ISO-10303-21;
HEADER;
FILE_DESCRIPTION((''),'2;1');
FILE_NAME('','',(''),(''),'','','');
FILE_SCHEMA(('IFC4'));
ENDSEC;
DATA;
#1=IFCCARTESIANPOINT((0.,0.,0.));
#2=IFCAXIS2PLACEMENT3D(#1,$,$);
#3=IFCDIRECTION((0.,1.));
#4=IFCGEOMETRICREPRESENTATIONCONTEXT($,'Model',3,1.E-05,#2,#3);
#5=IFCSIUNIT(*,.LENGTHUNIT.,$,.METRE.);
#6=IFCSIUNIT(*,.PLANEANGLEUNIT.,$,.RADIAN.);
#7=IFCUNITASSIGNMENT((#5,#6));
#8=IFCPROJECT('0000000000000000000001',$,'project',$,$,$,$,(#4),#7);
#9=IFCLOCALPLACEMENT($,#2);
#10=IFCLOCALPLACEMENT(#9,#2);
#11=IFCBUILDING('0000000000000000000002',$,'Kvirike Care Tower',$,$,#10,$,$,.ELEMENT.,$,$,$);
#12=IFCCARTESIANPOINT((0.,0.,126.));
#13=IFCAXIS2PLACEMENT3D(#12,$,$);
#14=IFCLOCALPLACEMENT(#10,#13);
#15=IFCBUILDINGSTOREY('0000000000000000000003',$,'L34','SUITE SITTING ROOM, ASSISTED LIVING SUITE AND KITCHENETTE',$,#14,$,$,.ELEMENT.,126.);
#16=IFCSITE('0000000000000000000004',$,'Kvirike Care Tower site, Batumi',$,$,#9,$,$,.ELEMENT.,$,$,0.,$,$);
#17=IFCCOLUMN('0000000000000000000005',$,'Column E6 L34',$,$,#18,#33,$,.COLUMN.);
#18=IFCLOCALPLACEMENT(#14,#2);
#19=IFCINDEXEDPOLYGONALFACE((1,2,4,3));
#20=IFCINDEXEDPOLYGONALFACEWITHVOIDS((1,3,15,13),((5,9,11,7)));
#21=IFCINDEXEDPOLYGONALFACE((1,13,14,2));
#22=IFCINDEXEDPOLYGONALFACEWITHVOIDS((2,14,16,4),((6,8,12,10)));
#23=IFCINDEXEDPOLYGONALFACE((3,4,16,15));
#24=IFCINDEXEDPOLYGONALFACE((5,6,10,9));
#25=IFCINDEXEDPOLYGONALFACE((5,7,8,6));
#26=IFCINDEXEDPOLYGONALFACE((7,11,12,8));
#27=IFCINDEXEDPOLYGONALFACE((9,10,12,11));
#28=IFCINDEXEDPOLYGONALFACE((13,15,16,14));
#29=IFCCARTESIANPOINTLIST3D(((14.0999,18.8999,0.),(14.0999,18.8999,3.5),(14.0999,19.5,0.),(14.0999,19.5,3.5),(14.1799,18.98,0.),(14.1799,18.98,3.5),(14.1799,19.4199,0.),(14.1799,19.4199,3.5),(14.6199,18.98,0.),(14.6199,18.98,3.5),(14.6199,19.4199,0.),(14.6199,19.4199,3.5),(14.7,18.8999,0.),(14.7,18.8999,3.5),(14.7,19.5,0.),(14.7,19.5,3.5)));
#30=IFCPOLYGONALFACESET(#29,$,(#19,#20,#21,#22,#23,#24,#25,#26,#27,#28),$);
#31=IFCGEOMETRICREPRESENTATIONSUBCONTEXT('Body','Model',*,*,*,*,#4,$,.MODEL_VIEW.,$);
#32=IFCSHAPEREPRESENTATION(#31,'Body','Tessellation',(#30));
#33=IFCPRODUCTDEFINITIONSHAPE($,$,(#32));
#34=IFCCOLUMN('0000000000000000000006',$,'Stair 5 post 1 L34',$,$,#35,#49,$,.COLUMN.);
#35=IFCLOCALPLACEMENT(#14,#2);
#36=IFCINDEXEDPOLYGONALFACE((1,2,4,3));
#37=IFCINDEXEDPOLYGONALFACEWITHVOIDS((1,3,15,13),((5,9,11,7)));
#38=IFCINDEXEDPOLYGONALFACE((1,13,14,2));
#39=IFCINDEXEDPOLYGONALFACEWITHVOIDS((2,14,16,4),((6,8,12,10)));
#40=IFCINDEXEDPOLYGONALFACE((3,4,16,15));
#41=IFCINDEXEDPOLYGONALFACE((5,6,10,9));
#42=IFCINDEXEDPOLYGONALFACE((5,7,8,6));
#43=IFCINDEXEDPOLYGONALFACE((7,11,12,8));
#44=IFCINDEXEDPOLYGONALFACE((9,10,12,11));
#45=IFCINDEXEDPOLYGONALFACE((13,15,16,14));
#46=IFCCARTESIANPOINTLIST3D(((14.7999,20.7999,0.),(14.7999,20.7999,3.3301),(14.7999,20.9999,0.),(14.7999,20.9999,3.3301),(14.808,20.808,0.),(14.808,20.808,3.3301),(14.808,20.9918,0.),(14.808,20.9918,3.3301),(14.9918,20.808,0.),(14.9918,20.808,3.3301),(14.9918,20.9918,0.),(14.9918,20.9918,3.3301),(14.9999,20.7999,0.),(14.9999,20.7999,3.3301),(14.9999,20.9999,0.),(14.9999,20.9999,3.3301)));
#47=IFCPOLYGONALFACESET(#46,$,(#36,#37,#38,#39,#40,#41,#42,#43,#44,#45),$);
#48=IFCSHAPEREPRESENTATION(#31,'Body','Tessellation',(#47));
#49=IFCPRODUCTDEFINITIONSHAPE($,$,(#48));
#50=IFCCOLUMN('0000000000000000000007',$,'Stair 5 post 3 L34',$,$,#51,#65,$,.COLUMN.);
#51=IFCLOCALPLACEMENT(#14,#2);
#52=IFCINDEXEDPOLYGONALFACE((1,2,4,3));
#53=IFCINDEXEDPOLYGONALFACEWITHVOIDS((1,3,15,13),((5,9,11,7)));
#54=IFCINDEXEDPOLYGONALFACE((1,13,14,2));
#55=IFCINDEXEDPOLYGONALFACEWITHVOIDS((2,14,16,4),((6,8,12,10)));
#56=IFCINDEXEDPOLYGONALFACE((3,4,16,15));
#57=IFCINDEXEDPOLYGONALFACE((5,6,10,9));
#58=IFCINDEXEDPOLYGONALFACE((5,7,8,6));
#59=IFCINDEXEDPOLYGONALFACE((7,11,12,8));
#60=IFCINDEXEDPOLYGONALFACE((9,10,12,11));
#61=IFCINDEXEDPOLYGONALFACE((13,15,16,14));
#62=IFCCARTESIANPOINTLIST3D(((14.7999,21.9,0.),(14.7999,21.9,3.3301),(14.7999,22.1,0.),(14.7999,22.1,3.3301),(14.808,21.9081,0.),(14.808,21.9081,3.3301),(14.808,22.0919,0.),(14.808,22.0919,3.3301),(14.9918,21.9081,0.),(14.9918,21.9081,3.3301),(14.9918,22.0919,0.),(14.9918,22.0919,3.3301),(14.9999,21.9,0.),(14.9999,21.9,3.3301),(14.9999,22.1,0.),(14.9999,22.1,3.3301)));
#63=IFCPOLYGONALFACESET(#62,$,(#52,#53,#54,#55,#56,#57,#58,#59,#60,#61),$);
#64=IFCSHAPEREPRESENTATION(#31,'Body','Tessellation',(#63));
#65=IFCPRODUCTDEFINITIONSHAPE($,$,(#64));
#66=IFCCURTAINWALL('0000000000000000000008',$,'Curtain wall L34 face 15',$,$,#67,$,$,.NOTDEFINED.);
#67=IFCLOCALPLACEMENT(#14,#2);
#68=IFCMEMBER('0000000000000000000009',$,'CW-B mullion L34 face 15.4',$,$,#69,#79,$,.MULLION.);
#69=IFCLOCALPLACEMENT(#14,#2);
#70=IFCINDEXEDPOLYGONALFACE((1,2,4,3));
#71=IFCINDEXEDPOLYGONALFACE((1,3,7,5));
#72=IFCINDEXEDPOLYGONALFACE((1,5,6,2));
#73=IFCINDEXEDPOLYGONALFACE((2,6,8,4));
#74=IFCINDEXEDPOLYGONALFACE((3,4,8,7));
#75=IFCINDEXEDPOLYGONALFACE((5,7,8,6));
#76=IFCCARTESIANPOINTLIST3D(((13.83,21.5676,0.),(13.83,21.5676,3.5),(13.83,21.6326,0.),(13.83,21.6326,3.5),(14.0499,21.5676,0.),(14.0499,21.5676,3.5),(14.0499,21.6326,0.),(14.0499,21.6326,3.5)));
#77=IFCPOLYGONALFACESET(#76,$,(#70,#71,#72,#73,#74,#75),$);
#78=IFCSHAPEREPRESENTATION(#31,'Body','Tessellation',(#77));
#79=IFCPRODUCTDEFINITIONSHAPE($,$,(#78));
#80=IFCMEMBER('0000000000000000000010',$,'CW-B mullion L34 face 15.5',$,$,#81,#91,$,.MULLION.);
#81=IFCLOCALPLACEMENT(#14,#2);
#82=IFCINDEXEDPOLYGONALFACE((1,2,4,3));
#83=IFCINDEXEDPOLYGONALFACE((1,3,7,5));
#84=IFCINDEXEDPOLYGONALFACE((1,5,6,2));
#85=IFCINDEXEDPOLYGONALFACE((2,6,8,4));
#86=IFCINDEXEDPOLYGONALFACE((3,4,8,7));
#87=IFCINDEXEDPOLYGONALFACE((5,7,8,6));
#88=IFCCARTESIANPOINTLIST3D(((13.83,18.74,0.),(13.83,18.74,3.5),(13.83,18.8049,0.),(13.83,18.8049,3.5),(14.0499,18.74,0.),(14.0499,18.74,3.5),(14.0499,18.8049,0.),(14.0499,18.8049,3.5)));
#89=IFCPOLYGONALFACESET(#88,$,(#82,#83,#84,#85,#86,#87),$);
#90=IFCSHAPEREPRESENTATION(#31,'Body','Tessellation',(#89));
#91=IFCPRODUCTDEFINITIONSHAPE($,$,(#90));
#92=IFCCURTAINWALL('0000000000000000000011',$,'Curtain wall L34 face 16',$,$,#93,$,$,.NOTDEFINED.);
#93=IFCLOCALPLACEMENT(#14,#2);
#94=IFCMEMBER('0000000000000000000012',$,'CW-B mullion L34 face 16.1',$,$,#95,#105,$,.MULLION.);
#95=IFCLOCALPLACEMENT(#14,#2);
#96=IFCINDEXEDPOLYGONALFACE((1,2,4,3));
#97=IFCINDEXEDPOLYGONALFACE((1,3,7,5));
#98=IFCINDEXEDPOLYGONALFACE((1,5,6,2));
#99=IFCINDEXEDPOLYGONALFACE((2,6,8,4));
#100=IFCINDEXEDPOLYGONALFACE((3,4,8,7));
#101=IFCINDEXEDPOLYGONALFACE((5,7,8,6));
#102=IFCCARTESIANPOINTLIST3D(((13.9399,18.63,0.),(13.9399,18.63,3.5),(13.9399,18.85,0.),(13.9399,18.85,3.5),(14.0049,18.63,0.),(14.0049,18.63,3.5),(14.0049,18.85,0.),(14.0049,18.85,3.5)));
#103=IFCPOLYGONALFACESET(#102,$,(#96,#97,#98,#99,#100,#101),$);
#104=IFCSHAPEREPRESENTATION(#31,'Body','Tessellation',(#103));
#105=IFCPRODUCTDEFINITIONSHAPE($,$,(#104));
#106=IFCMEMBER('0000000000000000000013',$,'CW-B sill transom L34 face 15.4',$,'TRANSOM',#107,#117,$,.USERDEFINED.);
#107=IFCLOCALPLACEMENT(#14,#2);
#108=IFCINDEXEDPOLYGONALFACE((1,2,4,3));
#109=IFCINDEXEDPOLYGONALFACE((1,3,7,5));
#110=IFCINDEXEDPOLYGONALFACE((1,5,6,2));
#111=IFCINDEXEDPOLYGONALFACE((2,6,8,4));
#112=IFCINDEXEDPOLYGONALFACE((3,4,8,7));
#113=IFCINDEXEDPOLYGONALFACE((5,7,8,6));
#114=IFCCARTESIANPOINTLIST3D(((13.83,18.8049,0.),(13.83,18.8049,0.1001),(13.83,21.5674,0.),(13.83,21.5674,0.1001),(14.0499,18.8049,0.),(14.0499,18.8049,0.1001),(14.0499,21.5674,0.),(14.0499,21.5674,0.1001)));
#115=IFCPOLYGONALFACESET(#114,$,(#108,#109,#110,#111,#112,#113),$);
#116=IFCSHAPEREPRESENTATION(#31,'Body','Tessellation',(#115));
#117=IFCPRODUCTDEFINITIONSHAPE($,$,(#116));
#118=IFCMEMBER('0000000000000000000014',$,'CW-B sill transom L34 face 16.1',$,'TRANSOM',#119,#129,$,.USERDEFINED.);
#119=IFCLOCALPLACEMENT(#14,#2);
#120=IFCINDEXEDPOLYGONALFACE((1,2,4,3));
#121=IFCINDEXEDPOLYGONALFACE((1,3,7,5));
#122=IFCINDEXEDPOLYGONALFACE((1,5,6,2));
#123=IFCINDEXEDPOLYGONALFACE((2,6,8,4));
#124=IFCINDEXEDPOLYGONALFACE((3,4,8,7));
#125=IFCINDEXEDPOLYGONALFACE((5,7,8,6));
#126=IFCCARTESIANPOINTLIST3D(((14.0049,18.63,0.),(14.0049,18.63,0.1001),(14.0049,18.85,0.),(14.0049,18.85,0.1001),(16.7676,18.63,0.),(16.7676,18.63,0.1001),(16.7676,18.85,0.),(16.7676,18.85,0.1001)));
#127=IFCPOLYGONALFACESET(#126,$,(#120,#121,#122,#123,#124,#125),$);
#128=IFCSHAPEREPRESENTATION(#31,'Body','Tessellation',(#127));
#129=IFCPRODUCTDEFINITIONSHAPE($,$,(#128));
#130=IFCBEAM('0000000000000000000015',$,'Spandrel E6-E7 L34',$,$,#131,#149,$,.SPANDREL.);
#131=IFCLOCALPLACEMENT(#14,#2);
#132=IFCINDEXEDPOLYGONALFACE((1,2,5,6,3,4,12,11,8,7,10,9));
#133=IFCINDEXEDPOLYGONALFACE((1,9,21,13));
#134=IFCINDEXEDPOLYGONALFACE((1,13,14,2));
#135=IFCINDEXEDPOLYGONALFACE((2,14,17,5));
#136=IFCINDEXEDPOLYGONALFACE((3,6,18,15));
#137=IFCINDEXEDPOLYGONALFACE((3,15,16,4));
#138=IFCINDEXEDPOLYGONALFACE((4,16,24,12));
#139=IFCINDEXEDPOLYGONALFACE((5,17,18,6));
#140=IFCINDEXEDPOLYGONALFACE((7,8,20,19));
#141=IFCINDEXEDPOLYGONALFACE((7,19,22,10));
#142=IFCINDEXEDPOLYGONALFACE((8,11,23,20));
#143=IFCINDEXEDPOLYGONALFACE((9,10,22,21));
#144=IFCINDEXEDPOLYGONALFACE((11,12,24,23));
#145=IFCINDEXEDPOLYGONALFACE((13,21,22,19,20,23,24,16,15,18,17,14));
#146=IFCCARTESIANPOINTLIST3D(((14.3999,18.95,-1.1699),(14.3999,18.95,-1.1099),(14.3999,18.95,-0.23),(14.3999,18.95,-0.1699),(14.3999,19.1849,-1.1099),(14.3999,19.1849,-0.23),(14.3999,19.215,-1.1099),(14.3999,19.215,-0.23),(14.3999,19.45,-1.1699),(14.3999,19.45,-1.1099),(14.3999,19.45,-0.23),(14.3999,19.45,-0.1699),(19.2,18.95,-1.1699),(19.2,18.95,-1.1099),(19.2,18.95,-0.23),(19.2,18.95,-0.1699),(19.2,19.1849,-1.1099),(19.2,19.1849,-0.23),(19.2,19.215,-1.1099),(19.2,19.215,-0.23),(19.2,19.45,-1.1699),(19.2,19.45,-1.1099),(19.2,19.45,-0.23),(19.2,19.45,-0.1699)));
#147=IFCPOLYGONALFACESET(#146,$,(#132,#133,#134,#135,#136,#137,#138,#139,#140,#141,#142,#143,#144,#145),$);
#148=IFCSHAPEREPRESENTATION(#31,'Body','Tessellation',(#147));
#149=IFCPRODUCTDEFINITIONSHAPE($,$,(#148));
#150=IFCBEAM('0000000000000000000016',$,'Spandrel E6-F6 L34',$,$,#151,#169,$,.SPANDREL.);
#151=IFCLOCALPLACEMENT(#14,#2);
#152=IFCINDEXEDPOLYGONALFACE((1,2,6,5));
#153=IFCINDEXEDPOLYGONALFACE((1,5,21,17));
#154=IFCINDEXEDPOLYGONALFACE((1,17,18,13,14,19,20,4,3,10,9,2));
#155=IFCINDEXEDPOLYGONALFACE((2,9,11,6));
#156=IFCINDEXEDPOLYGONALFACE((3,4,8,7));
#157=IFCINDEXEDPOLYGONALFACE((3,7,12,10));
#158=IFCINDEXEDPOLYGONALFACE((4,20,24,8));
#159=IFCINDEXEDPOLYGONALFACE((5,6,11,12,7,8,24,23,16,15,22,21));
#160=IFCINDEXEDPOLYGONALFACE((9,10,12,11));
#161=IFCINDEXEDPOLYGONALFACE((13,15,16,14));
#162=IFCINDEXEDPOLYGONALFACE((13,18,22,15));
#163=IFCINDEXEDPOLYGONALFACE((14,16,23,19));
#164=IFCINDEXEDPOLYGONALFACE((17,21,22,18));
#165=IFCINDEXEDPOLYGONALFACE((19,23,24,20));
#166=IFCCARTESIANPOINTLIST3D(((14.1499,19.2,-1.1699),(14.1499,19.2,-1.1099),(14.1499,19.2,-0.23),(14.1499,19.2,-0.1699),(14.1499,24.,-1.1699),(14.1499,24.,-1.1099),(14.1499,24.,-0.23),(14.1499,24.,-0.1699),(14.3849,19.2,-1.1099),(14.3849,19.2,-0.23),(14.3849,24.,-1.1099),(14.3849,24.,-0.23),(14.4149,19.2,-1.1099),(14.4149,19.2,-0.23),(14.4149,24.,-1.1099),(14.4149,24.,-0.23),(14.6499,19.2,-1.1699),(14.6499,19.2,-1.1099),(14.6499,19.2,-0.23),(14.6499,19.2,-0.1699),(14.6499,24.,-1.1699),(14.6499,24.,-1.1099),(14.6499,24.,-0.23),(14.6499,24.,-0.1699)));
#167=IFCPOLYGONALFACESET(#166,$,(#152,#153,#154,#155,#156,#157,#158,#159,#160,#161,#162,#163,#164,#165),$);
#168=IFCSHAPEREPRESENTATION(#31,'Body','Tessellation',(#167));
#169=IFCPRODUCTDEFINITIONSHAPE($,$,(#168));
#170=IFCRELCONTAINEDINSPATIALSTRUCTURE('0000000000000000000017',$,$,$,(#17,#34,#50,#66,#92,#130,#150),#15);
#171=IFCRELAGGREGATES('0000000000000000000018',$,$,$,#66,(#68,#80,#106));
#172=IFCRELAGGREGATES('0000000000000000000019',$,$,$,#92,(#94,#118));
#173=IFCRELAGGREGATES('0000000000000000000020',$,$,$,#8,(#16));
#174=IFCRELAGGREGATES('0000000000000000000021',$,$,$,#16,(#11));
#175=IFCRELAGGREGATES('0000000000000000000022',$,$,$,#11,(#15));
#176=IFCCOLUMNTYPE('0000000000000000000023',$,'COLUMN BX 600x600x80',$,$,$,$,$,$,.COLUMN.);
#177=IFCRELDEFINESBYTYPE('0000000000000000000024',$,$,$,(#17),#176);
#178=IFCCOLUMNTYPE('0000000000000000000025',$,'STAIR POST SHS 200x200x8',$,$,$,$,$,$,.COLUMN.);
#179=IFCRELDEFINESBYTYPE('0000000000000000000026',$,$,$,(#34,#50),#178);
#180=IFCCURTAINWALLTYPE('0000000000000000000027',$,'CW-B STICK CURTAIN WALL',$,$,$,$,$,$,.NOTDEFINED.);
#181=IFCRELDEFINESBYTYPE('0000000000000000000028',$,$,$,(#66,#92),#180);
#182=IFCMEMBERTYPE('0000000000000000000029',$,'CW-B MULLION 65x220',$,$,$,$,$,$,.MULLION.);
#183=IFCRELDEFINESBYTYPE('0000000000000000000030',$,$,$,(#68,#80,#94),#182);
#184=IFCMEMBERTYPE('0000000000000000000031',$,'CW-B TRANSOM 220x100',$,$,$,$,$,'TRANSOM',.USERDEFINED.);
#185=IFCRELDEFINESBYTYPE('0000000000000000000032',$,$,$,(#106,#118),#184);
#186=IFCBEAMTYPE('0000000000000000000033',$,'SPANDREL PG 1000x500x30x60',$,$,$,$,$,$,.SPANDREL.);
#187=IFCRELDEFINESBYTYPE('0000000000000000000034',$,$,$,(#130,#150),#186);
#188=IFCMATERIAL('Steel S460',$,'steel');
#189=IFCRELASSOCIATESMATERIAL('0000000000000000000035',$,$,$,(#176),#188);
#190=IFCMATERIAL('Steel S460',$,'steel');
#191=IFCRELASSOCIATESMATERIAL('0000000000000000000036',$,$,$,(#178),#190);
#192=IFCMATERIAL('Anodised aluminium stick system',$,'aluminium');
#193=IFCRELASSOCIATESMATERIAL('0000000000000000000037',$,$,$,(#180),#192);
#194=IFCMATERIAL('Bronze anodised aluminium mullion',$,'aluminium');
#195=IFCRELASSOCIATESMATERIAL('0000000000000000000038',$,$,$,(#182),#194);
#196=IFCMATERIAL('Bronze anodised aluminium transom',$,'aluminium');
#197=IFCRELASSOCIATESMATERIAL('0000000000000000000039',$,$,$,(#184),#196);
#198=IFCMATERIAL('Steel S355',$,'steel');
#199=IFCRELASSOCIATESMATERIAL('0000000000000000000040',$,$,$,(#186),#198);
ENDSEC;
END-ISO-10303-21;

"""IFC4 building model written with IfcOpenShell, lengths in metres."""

from ifc_helpers import new_model, si_unit, direction, frame, origin, origin_2d, place, context, subcontext, project, spatial, rectangle, hollow_rectangle, i_section, extrude, material, material_profile, profile_set, type_object, element, aggregate, save


model = new_model("IFC4")

# Units and contexts
model_context = context("Model", 3, precision=1e-05, world=origin(), true_north=direction((0.0, 1.0)))
body_context = subcontext(model_context, "Body", "Model", "MODEL_VIEW")
ifc_project = project(units=[si_unit("LENGTHUNIT", "METRE"), si_unit("PLANEANGLEUNIT", "RADIAN")], contexts=[model_context])

# Site, building, storey
site_placement = place(None, origin())
site = spatial("IfcSite", under=ifc_project, at=site_placement, Name="Kvirike Care Tower site, Batumi", CompositionType="ELEMENT", RefElevation=0.0)
building_placement = place(site_placement, origin())
building = spatial("IfcBuilding", under=site, at=building_placement, Name="Kvirike Care Tower", CompositionType="ELEMENT")
storey_placement = place(building_placement, frame((0.0, 0.0, 126.0)))
storey = spatial("IfcBuildingStorey", under=building, at=storey_placement, Name="L34", Description="SUITE SITTING ROOM, ASSISTED LIVING SUITE AND KITCHENETTE", CompositionType="ELEMENT", Elevation=126.0)

# Columns
ifc_material_1 = material(Name="Steel S460", Category="steel")
ifc_material_profile_1 = material_profile(ifc_material_1, hollow_rectangle(XDim=0.6001, YDim=0.6001, WallThickness=0.0801, at=origin_2d()), Name="BX 600x600x80")
ifc_profile_set_1 = profile_set([ifc_material_profile_1], Name="Steel S460")
column_type_1 = type_object("IfcColumnType", Name="COLUMN BX 600x600x80", PredefinedType="COLUMN", material=ifc_profile_set_1)
column_placement = place(storey_placement, frame((14.3999, 19.2, 0.0), z_axis=(0.0, 0.0, 1.0), x_axis=(0.0, 1.0, 0.0)))
element("IfcColumn", 1, at=column_placement, inside=storey, type_object=column_type_1, Name="Column E6 L34", PredefinedType="COLUMN", context=body_context, shape_type="SweptSolid", body=[
    extrude(hollow_rectangle(XDim=0.6001, YDim=0.6001, WallThickness=0.0801, at=origin_2d()), origin(), (0.0, 0.0, 1.0), 3.5),
])
ifc_material_2 = material(Name="Steel S460", Category="steel")
ifc_material_profile_2 = material_profile(ifc_material_2, hollow_rectangle(XDim=0.2, YDim=0.2, WallThickness=0.0081, at=origin_2d()), Name="SHS 200x200x8")
ifc_profile_set_2 = profile_set([ifc_material_profile_2], Name="Steel S460")
column_type_2 = type_object("IfcColumnType", Name="STAIR POST SHS 200x200x8", PredefinedType="COLUMN", material=ifc_profile_set_2)
for number, where, z_axis, x_axis, name in (
    (2, (14.8999, 20.8999, 0.0), (0.0, 0.0, 1.0), (1.0, 0.0, 0.0), "Stair 5 post 1 L34"),
    (3, (14.8999, 22.0, 0.0), (0.0, 0.0, 1.0), (1.0, 0.0, 0.0), "Stair 5 post 3 L34"),
):
    element("IfcColumn", number, at=place(storey_placement, frame(where, z_axis=z_axis, x_axis=x_axis)), inside=storey, type_object=column_type_2, Name=name, PredefinedType="COLUMN", context=body_context, shape_type="SweptSolid", body=[
        extrude(hollow_rectangle(XDim=0.2, YDim=0.2, WallThickness=0.0081, at=origin_2d()), origin(), (0.0, 0.0, 1.0), 3.3301),
    ])

# Curtain wall, members
ifc_material_3 = material(Name="Anodised aluminium stick system", Category="aluminium")
curtain_wall_type = type_object("IfcCurtainWallType", Name="CW-B STICK CURTAIN WALL", PredefinedType="NOTDEFINED", material=ifc_material_3)
curtain_wall_1_placement = place(storey_placement, origin())
curtain_wall_1 = element("IfcCurtainWall", 4, at=curtain_wall_1_placement, inside=storey, type_object=curtain_wall_type, Name="Curtain wall L34 face 15", PredefinedType="NOTDEFINED")
ifc_material_4 = material(Name="Bronze anodised aluminium mullion", Category="aluminium")
ifc_material_profile_3 = material_profile(ifc_material_4, rectangle(XDim=0.0649, YDim=0.22, at=origin_2d()), Name="CW-B MULLION 65x220")
ifc_profile_set_3 = profile_set([ifc_material_profile_3], Name="Bronze anodised aluminium mullion")
member_type_1 = type_object("IfcMemberType", Name="CW-B MULLION 65x220", PredefinedType="MULLION", material=ifc_profile_set_3)
member_1_placement = place(storey_placement, frame((13.9399, 21.6001, 0.0), z_axis=(0.0, 0.0, 1.0), x_axis=(0.0, -1.0, 0.0)))
member_1 = element("IfcMember", 5, at=member_1_placement, type_object=member_type_1, Name="CW-B mullion L34 face 15.4", PredefinedType="MULLION", context=body_context, shape_type="SweptSolid", body=[
    extrude(rectangle(XDim=0.0649, YDim=0.22, at=origin_2d()), origin(), (0.0, 0.0, 1.0), 3.5),
])
member_2_placement = place(storey_placement, frame((13.9399, 18.7725, 0.0), z_axis=(0.0, 0.0, 1.0), x_axis=(0.0, -1.0, 0.0)))
member_2 = element("IfcMember", 6, at=member_2_placement, type_object=member_type_1, Name="CW-B mullion L34 face 15.5", PredefinedType="MULLION", context=body_context, shape_type="SweptSolid", body=[
    extrude(rectangle(XDim=0.0649, YDim=0.22, at=origin_2d()), origin(), (0.0, 0.0, 1.0), 3.5),
])

# Curtain wall, member
curtain_wall_2_placement = place(storey_placement, origin())
curtain_wall_2 = element("IfcCurtainWall", 7, at=curtain_wall_2_placement, inside=storey, type_object=curtain_wall_type, Name="Curtain wall L34 face 16", PredefinedType="NOTDEFINED")
member_3_placement = place(storey_placement, frame((13.9724, 18.74, 0.0), z_axis=(0.0, 0.0, 1.0), x_axis=(1.0, 0.0, 0.0)))
member_3 = element("IfcMember", 8, at=member_3_placement, type_object=member_type_1, Name="CW-B mullion L34 face 16.1", PredefinedType="MULLION", context=body_context, shape_type="SweptSolid", body=[
    extrude(rectangle(XDim=0.0649, YDim=0.22, at=origin_2d()), origin(), (0.0, 0.0, 1.0), 3.5),
])

# Members
ifc_material_5 = material(Name="Bronze anodised aluminium transom", Category="aluminium")
ifc_material_profile_4 = material_profile(ifc_material_5, rectangle(XDim=0.22, YDim=0.1001, at=origin_2d()), Name="CW-B TRANSOM 220x100")
ifc_profile_set_4 = profile_set([ifc_material_profile_4], Name="Bronze anodised aluminium transom")
member_type_2 = type_object("IfcMemberType", Name="CW-B TRANSOM 220x100", ElementType="TRANSOM", PredefinedType="USERDEFINED", material=ifc_profile_set_4)
member_4_placement = place(storey_placement, frame((13.9399, 21.5674, 0.05), z_axis=(0.0, -1.0, 0.0), x_axis=(1.0, 0.0, 0.0)))
member_4 = element("IfcMember", 9, at=member_4_placement, type_object=member_type_2, Name="CW-B sill transom L34 face 15.4", ObjectType="TRANSOM", PredefinedType="USERDEFINED", context=body_context, shape_type="SweptSolid", body=[
    extrude(rectangle(XDim=0.22, YDim=0.1001, at=origin_2d()), origin(), (0.0, 0.0, 1.0), 2.7625),
])
member_5_placement = place(storey_placement, frame((14.0049, 18.74, 0.05), z_axis=(1.0, 0.0, 0.0), x_axis=(0.0, 1.0, 0.0)))
member_5 = element("IfcMember", 10, at=member_5_placement, type_object=member_type_2, Name="CW-B sill transom L34 face 16.1", ObjectType="TRANSOM", PredefinedType="USERDEFINED", context=body_context, shape_type="SweptSolid", body=[
    extrude(rectangle(XDim=0.22, YDim=0.1001, at=origin_2d()), origin(), (0.0, 0.0, 1.0), 2.7627),
])

# Beams
ifc_material_6 = material(Name="Steel S355", Category="steel")
ifc_material_profile_5 = material_profile(ifc_material_6, i_section(OverallWidth=0.5, OverallDepth=1.0, WebThickness=0.03, FlangeThickness=0.0601, at=origin_2d()), Name="PG 1000x500x30x60")
ifc_profile_set_5 = profile_set([ifc_material_profile_5], Name="Steel S355")
beam_type_1 = type_object("IfcBeamType", Name="SPANDREL PG 1000x500x30x60", PredefinedType="SPANDREL", material=ifc_profile_set_5)
for number, where, z_axis, x_axis, name in (
    (11, (14.3999, 19.2, -0.6699), (1.0, 0.0, 0.0), (0.0, 1.0, 0.0), "Spandrel E6-E7 L34"),
    (12, (14.3999, 19.2, -0.6699), (0.0, 1.0, 0.0), (-1.0, 0.0, 0.0), "Spandrel E6-F6 L34"),
):
    element("IfcBeam", number, at=place(storey_placement, frame(where, z_axis=z_axis, x_axis=x_axis)), inside=storey, type_object=beam_type_1, Name=name, PredefinedType="SPANDREL", context=body_context, shape_type="SweptSolid", body=[
        extrude(i_section(OverallWidth=0.5, OverallDepth=1.0, WebThickness=0.03, FlangeThickness=0.0601, at=origin_2d()), origin(), (0.0, 0.0, 1.0), 4.8),
    ])

aggregate(curtain_wall_1, [member_1, member_2, member_4])
aggregate(curtain_wall_2, [member_3, member_5])

save(model, "model.ifc")
